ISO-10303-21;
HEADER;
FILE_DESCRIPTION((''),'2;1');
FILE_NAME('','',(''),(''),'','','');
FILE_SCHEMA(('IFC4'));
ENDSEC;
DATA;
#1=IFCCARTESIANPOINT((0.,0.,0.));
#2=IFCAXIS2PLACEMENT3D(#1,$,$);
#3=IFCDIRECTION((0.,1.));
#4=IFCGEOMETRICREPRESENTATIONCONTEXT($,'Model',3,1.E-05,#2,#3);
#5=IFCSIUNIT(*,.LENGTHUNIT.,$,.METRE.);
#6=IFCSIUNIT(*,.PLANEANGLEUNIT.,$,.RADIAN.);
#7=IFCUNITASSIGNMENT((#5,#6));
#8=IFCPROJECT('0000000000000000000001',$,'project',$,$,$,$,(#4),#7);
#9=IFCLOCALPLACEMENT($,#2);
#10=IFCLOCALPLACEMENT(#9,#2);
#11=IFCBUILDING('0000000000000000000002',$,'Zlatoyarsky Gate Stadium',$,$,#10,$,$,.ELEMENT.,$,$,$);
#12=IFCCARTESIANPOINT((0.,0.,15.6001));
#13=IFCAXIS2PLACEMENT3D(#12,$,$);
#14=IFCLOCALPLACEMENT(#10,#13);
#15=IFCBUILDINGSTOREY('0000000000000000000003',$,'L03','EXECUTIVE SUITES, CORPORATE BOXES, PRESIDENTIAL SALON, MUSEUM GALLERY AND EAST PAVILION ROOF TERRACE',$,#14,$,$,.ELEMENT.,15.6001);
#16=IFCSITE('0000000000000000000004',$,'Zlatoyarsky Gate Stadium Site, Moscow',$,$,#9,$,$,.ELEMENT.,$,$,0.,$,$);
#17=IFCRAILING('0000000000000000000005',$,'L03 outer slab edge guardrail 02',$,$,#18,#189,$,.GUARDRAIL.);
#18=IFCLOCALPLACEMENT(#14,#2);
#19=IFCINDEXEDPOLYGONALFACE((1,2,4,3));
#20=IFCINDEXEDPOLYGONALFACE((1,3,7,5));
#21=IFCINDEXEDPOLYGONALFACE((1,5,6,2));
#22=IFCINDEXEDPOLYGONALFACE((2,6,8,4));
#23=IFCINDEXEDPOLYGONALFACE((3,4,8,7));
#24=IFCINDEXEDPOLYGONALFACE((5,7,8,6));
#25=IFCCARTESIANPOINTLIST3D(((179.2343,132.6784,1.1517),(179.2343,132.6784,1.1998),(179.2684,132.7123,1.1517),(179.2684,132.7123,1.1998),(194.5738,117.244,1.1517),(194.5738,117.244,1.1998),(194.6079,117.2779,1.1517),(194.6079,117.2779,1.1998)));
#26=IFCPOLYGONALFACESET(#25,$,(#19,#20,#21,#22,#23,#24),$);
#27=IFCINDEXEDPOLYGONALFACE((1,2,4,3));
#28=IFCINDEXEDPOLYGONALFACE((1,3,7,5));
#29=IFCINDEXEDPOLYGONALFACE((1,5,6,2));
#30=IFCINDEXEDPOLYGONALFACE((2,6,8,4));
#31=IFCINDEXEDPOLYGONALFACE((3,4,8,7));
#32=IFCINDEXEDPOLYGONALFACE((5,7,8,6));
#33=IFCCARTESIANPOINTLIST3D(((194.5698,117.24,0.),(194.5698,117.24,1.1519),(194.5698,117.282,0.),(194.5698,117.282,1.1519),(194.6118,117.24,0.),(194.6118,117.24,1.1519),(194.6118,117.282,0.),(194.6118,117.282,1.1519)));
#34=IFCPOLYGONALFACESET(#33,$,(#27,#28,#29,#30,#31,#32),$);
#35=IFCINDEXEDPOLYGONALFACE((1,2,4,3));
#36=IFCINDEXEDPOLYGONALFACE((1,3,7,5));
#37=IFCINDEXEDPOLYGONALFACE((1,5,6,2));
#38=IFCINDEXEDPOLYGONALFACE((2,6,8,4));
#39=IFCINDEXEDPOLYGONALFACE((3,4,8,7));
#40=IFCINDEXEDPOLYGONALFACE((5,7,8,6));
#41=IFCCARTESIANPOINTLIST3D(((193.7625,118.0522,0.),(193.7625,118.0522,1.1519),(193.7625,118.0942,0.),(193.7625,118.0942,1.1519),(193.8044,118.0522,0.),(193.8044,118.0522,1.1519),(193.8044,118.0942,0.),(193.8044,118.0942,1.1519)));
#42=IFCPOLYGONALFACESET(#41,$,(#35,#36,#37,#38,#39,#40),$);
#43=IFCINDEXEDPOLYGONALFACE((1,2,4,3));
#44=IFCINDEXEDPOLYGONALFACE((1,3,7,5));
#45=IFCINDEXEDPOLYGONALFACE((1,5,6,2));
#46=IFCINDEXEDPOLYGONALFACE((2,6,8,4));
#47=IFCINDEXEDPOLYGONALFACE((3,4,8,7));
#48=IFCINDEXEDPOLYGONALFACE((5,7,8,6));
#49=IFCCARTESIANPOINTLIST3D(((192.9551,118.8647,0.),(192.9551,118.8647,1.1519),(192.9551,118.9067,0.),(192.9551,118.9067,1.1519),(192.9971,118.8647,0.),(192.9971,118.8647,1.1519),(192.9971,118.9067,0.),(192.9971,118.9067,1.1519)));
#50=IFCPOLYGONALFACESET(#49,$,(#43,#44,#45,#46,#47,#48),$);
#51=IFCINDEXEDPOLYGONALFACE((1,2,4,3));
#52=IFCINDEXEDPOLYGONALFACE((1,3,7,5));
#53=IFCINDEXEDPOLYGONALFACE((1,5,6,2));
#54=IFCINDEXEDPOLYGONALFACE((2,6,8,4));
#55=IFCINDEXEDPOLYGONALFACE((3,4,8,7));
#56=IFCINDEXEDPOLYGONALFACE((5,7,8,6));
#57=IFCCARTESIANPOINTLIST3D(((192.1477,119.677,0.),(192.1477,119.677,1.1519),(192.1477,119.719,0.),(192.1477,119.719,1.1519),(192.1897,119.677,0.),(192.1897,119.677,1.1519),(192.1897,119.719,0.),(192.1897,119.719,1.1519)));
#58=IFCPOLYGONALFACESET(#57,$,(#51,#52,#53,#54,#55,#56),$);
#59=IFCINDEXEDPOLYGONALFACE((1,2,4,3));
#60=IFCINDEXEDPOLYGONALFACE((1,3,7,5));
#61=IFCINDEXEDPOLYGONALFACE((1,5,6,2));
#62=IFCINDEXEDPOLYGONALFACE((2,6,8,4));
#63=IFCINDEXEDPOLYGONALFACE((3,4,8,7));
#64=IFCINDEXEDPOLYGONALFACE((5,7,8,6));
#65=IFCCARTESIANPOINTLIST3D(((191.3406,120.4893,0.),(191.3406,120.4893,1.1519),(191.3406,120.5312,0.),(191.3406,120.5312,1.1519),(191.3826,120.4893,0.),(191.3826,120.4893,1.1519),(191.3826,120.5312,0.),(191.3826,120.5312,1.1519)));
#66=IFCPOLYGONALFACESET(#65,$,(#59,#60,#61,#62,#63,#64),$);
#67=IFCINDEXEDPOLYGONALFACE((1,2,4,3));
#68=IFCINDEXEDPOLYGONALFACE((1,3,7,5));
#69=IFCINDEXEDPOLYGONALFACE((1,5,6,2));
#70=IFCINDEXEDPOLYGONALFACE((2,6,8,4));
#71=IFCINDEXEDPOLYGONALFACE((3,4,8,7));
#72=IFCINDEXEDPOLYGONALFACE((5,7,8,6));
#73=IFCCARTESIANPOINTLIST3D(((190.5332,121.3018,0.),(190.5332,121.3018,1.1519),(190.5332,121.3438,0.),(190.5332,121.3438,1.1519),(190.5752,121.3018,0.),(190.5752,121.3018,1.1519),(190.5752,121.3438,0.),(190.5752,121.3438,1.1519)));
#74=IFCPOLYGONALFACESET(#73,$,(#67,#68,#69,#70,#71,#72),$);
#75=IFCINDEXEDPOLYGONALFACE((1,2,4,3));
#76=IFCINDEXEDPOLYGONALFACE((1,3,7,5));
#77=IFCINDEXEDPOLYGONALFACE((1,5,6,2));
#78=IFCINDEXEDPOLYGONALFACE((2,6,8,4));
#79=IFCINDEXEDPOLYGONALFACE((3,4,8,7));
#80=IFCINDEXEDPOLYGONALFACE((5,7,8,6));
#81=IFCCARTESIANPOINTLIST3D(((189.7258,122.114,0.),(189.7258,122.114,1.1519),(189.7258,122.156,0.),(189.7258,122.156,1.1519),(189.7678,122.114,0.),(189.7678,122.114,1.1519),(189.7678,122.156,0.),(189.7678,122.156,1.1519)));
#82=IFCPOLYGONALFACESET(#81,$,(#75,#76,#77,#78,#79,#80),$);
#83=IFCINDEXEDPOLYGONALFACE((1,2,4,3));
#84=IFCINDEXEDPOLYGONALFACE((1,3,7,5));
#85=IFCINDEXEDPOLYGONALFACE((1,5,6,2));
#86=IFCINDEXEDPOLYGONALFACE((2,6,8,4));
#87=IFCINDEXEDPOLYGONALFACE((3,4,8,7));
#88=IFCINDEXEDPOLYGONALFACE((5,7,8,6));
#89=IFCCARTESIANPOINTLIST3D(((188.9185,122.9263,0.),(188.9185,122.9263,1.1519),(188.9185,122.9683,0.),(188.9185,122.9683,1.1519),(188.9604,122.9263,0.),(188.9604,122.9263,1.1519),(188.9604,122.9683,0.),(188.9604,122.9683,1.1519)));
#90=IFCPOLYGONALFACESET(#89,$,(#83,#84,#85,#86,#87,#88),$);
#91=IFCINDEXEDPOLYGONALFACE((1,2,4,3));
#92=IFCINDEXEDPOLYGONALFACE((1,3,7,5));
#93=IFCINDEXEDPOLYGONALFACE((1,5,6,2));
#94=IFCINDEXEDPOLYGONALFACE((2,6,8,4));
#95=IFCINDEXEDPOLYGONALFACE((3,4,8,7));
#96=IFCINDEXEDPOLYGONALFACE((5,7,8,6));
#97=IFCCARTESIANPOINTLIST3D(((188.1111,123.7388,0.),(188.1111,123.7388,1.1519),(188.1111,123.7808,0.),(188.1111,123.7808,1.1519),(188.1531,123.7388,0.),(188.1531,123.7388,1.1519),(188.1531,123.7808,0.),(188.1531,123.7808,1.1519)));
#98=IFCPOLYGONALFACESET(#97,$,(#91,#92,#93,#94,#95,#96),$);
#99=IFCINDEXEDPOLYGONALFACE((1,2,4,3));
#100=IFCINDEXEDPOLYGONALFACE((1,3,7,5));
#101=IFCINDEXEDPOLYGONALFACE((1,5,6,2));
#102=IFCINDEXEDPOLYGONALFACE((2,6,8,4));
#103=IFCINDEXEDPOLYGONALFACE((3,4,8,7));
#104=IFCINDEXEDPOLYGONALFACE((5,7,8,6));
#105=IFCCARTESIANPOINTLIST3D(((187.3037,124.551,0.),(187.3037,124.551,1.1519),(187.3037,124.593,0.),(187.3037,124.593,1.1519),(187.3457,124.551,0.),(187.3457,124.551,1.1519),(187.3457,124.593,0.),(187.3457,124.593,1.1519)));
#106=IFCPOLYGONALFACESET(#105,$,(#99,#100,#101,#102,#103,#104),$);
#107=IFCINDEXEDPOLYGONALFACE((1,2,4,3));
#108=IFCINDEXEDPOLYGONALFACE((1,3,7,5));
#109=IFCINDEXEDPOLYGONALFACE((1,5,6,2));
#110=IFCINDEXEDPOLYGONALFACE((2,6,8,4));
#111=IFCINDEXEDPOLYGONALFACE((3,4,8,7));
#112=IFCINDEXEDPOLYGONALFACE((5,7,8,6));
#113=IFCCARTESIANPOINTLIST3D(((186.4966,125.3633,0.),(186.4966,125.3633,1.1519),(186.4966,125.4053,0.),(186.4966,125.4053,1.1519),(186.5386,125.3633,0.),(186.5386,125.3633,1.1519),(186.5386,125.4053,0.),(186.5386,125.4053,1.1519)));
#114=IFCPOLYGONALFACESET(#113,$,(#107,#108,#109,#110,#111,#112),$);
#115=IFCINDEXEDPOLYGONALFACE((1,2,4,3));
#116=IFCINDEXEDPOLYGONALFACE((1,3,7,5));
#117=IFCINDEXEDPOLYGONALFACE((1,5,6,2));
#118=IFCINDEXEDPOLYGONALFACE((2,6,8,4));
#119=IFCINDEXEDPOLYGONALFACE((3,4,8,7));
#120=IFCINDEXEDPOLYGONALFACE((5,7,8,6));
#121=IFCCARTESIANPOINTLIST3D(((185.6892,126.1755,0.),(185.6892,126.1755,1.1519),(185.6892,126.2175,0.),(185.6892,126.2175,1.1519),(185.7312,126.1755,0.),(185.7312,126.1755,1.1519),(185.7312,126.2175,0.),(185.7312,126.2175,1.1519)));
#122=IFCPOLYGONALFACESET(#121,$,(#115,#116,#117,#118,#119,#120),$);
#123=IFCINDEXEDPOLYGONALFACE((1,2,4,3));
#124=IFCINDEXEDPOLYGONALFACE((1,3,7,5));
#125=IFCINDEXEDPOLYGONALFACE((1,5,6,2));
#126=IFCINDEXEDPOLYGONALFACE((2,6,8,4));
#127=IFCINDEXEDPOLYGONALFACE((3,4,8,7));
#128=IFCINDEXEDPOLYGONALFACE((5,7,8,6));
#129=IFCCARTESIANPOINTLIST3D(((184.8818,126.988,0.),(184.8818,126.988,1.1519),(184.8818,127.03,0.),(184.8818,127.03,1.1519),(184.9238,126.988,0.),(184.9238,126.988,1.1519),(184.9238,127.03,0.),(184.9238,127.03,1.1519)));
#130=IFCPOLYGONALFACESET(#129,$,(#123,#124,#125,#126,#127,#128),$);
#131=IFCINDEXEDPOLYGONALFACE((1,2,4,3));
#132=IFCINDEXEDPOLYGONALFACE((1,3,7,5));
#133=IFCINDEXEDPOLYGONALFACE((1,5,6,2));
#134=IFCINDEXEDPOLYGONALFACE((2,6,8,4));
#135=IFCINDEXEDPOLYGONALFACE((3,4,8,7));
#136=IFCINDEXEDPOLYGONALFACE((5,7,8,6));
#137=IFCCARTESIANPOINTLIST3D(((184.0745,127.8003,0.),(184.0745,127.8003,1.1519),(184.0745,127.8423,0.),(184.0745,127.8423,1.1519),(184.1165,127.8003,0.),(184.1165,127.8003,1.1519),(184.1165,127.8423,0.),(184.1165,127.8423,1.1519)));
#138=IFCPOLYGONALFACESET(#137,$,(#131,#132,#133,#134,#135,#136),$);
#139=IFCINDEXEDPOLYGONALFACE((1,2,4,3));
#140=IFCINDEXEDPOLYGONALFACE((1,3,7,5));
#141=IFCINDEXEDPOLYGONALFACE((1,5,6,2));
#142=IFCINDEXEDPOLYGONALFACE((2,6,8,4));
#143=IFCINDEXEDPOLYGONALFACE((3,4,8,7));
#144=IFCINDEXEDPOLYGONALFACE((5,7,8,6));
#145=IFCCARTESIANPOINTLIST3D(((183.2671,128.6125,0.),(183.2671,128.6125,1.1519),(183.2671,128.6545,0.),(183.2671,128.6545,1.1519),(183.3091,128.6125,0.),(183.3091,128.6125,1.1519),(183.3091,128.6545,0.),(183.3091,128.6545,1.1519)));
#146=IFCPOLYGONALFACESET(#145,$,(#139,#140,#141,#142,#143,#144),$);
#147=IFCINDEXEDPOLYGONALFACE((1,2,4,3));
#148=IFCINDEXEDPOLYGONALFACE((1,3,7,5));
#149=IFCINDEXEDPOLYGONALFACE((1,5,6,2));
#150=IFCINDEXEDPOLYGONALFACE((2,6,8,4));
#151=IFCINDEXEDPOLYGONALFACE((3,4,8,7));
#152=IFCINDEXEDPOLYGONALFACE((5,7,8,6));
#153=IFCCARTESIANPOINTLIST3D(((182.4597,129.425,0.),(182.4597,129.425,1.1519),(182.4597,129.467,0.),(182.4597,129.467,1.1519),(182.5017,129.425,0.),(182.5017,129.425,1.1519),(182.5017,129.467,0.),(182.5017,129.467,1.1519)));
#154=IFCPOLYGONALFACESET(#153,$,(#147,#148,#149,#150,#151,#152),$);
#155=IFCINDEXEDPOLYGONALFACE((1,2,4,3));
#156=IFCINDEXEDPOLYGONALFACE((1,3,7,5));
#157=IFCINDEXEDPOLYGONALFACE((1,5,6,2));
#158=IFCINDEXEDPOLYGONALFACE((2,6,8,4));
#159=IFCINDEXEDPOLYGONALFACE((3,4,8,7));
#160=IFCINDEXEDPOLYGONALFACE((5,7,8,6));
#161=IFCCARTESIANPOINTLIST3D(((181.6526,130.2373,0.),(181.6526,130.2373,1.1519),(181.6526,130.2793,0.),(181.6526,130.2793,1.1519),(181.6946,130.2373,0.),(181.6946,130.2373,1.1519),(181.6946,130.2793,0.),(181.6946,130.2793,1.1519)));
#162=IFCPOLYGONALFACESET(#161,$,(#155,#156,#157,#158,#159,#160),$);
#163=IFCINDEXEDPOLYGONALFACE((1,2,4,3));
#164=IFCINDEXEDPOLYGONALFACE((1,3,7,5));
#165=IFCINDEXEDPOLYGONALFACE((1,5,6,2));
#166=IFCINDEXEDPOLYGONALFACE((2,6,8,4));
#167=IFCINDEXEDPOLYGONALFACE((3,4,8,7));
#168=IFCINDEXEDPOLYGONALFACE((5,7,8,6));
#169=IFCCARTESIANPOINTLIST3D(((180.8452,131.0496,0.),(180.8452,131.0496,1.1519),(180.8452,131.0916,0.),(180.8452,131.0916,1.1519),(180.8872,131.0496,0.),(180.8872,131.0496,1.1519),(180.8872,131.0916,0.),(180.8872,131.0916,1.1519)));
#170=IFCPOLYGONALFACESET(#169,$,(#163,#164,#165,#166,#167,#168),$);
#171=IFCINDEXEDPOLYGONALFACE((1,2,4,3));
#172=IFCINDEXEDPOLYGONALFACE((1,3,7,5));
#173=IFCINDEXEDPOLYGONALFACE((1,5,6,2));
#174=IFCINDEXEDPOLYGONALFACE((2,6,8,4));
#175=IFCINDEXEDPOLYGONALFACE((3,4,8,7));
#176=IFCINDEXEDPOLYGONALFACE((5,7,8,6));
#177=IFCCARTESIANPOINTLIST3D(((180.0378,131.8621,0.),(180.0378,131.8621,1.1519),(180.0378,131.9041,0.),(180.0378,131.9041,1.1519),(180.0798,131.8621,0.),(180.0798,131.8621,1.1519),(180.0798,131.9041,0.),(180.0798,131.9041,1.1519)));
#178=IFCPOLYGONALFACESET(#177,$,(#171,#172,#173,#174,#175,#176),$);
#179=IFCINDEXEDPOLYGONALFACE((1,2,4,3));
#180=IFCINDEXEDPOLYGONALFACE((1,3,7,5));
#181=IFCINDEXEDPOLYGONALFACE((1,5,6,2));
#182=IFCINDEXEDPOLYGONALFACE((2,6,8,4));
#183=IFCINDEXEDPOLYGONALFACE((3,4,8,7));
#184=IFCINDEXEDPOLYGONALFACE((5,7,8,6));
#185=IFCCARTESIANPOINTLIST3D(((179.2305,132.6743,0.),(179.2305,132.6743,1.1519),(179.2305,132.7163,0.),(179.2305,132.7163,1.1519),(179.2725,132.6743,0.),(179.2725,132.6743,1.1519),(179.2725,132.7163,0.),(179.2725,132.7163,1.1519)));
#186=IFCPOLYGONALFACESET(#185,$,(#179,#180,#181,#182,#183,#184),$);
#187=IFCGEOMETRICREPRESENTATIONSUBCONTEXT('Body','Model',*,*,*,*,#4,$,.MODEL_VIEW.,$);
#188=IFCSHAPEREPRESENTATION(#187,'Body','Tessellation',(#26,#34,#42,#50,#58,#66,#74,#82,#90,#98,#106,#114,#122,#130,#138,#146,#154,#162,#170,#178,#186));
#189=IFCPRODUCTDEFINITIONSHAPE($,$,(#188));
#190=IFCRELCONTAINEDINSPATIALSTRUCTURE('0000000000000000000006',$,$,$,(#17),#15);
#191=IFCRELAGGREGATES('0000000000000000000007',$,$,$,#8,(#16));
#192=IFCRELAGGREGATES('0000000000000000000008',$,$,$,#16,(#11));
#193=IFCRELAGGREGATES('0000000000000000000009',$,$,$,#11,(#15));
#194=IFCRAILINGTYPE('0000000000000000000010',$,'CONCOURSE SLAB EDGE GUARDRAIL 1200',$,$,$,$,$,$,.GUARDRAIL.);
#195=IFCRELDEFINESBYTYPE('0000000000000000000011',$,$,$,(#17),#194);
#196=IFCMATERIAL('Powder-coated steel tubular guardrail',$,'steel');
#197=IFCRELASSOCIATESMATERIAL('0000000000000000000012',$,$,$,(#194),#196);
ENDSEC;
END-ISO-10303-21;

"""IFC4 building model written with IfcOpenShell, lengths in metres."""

from ifc_helpers import new_model, si_unit, direction, frame, origin, origin_2d, place, context, subcontext, project, spatial, rectangle, extrude, material, type_object, element, save


model = new_model("IFC4")

# Units and contexts
model_context = context("Model", 3, precision=1e-05, world=origin(), true_north=direction((0.0, 1.0)))
body_context = subcontext(model_context, "Body", "Model", "MODEL_VIEW")
ifc_project = project(units=[si_unit("LENGTHUNIT", "METRE"), si_unit("PLANEANGLEUNIT", "RADIAN")], contexts=[model_context])

# Site, building, storey
site_placement = place(None, origin())
site = spatial("IfcSite", under=ifc_project, at=site_placement, Name="Zlatoyarsky Gate Stadium Site, Moscow", CompositionType="ELEMENT", RefElevation=0.0)
building_placement = place(site_placement, origin())
building = spatial("IfcBuilding", under=site, at=building_placement, Name="Zlatoyarsky Gate Stadium", CompositionType="ELEMENT")
storey_placement = place(building_placement, frame((0.0, 0.0, 15.6001)))
storey = spatial("IfcBuildingStorey", under=building, at=storey_placement, Name="L03", Description="EXECUTIVE SUITES, CORPORATE BOXES, PRESIDENTIAL SALON, MUSEUM GALLERY AND EAST PAVILION ROOF TERRACE", CompositionType="ELEMENT", Elevation=15.6001)

# Railing
ifc_material_1 = material(Name="Powder-coated steel tubular guardrail", Category="steel")
railing_type = type_object("IfcRailingType", Name="CONCOURSE SLAB EDGE GUARDRAIL 1200", PredefinedType="GUARDRAIL", material=ifc_material_1)
railing_1_placement = place(storey_placement, frame((194.5908, 117.261, 0.0)))
element("IfcRailing", 1, at=railing_1_placement, inside=storey, type_object=railing_type, Name="L03 outer slab edge guardrail 02", PredefinedType="GUARDRAIL", context=body_context, shape_type="SweptSolid", body=[
    extrude(rectangle(XDim=0.0481, YDim=0.0481, at=origin_2d()), frame((0.0, 0.0, 1.1758), z_axis=(-0.704921, 0.709286, 0.0), x_axis=(-0.709286, -0.704921, 0.0)), (0.0, 0.0, 1.0), 21.7605),
    extrude(rectangle(XDim=0.042, YDim=0.042, at=origin_2d()), origin(), (0.0, 0.0, 1.0), 1.1519),
    extrude(rectangle(XDim=0.042, YDim=0.042, at=origin_2d()), frame((-0.8074, 0.8123, 0.0)), (0.0, 0.0, 1.0), 1.1519),
    extrude(rectangle(XDim=0.042, YDim=0.042, at=origin_2d()), frame((-1.6147, 1.6248, 0.0)), (0.0, 0.0, 1.0), 1.1519),
    extrude(rectangle(XDim=0.042, YDim=0.042, at=origin_2d()), frame((-2.4221, 2.437, 0.0)), (0.0, 0.0, 1.0), 1.1519),
    extrude(rectangle(XDim=0.042, YDim=0.042, at=origin_2d()), frame((-3.2292, 3.2493, 0.0)), (0.0, 0.0, 1.0), 1.1519),
    extrude(rectangle(XDim=0.042, YDim=0.042, at=origin_2d()), frame((-4.0366, 4.0618, 0.0)), (0.0, 0.0, 1.0), 1.1519),
    extrude(rectangle(XDim=0.042, YDim=0.042, at=origin_2d()), frame((-4.844, 4.874, 0.0)), (0.0, 0.0, 1.0), 1.1519),
    extrude(rectangle(XDim=0.042, YDim=0.042, at=origin_2d()), frame((-5.6514, 5.6863, 0.0)), (0.0, 0.0, 1.0), 1.1519),
    extrude(rectangle(XDim=0.042, YDim=0.042, at=origin_2d()), frame((-6.4587, 6.4988, 0.0)), (0.0, 0.0, 1.0), 1.1519),
    extrude(rectangle(XDim=0.042, YDim=0.042, at=origin_2d()), frame((-7.2661, 7.311, 0.0)), (0.0, 0.0, 1.0), 1.1519),
    extrude(rectangle(XDim=0.042, YDim=0.042, at=origin_2d()), frame((-8.0732, 8.1233, 0.0)), (0.0, 0.0, 1.0), 1.1519),
    extrude(rectangle(XDim=0.042, YDim=0.042, at=origin_2d()), frame((-8.8806, 8.9355, 0.0)), (0.0, 0.0, 1.0), 1.1519),
    extrude(rectangle(XDim=0.042, YDim=0.042, at=origin_2d()), frame((-9.688, 9.748, 0.0)), (0.0, 0.0, 1.0), 1.1519),
    extrude(rectangle(XDim=0.042, YDim=0.042, at=origin_2d()), frame((-10.4954, 10.5603, 0.0)), (0.0, 0.0, 1.0), 1.1519),
    extrude(rectangle(XDim=0.042, YDim=0.042, at=origin_2d()), frame((-11.3027, 11.3726, 0.0)), (0.0, 0.0, 1.0), 1.1519),
    extrude(rectangle(XDim=0.042, YDim=0.042, at=origin_2d()), frame((-12.1101, 12.1851, 0.0)), (0.0, 0.0, 1.0), 1.1519),
    extrude(rectangle(XDim=0.042, YDim=0.042, at=origin_2d()), frame((-12.9172, 12.9973, 0.0)), (0.0, 0.0, 1.0), 1.1519),
    extrude(rectangle(XDim=0.042, YDim=0.042, at=origin_2d()), frame((-13.7246, 13.8096, 0.0)), (0.0, 0.0, 1.0), 1.1519),
    extrude(rectangle(XDim=0.042, YDim=0.042, at=origin_2d()), frame((-14.532, 14.6221, 0.0)), (0.0, 0.0, 1.0), 1.1519),
    extrude(rectangle(XDim=0.042, YDim=0.042, at=origin_2d()), frame((-15.3394, 15.4343, 0.0)), (0.0, 0.0, 1.0), 1.1519),
])

save(model, "model.ifc")
